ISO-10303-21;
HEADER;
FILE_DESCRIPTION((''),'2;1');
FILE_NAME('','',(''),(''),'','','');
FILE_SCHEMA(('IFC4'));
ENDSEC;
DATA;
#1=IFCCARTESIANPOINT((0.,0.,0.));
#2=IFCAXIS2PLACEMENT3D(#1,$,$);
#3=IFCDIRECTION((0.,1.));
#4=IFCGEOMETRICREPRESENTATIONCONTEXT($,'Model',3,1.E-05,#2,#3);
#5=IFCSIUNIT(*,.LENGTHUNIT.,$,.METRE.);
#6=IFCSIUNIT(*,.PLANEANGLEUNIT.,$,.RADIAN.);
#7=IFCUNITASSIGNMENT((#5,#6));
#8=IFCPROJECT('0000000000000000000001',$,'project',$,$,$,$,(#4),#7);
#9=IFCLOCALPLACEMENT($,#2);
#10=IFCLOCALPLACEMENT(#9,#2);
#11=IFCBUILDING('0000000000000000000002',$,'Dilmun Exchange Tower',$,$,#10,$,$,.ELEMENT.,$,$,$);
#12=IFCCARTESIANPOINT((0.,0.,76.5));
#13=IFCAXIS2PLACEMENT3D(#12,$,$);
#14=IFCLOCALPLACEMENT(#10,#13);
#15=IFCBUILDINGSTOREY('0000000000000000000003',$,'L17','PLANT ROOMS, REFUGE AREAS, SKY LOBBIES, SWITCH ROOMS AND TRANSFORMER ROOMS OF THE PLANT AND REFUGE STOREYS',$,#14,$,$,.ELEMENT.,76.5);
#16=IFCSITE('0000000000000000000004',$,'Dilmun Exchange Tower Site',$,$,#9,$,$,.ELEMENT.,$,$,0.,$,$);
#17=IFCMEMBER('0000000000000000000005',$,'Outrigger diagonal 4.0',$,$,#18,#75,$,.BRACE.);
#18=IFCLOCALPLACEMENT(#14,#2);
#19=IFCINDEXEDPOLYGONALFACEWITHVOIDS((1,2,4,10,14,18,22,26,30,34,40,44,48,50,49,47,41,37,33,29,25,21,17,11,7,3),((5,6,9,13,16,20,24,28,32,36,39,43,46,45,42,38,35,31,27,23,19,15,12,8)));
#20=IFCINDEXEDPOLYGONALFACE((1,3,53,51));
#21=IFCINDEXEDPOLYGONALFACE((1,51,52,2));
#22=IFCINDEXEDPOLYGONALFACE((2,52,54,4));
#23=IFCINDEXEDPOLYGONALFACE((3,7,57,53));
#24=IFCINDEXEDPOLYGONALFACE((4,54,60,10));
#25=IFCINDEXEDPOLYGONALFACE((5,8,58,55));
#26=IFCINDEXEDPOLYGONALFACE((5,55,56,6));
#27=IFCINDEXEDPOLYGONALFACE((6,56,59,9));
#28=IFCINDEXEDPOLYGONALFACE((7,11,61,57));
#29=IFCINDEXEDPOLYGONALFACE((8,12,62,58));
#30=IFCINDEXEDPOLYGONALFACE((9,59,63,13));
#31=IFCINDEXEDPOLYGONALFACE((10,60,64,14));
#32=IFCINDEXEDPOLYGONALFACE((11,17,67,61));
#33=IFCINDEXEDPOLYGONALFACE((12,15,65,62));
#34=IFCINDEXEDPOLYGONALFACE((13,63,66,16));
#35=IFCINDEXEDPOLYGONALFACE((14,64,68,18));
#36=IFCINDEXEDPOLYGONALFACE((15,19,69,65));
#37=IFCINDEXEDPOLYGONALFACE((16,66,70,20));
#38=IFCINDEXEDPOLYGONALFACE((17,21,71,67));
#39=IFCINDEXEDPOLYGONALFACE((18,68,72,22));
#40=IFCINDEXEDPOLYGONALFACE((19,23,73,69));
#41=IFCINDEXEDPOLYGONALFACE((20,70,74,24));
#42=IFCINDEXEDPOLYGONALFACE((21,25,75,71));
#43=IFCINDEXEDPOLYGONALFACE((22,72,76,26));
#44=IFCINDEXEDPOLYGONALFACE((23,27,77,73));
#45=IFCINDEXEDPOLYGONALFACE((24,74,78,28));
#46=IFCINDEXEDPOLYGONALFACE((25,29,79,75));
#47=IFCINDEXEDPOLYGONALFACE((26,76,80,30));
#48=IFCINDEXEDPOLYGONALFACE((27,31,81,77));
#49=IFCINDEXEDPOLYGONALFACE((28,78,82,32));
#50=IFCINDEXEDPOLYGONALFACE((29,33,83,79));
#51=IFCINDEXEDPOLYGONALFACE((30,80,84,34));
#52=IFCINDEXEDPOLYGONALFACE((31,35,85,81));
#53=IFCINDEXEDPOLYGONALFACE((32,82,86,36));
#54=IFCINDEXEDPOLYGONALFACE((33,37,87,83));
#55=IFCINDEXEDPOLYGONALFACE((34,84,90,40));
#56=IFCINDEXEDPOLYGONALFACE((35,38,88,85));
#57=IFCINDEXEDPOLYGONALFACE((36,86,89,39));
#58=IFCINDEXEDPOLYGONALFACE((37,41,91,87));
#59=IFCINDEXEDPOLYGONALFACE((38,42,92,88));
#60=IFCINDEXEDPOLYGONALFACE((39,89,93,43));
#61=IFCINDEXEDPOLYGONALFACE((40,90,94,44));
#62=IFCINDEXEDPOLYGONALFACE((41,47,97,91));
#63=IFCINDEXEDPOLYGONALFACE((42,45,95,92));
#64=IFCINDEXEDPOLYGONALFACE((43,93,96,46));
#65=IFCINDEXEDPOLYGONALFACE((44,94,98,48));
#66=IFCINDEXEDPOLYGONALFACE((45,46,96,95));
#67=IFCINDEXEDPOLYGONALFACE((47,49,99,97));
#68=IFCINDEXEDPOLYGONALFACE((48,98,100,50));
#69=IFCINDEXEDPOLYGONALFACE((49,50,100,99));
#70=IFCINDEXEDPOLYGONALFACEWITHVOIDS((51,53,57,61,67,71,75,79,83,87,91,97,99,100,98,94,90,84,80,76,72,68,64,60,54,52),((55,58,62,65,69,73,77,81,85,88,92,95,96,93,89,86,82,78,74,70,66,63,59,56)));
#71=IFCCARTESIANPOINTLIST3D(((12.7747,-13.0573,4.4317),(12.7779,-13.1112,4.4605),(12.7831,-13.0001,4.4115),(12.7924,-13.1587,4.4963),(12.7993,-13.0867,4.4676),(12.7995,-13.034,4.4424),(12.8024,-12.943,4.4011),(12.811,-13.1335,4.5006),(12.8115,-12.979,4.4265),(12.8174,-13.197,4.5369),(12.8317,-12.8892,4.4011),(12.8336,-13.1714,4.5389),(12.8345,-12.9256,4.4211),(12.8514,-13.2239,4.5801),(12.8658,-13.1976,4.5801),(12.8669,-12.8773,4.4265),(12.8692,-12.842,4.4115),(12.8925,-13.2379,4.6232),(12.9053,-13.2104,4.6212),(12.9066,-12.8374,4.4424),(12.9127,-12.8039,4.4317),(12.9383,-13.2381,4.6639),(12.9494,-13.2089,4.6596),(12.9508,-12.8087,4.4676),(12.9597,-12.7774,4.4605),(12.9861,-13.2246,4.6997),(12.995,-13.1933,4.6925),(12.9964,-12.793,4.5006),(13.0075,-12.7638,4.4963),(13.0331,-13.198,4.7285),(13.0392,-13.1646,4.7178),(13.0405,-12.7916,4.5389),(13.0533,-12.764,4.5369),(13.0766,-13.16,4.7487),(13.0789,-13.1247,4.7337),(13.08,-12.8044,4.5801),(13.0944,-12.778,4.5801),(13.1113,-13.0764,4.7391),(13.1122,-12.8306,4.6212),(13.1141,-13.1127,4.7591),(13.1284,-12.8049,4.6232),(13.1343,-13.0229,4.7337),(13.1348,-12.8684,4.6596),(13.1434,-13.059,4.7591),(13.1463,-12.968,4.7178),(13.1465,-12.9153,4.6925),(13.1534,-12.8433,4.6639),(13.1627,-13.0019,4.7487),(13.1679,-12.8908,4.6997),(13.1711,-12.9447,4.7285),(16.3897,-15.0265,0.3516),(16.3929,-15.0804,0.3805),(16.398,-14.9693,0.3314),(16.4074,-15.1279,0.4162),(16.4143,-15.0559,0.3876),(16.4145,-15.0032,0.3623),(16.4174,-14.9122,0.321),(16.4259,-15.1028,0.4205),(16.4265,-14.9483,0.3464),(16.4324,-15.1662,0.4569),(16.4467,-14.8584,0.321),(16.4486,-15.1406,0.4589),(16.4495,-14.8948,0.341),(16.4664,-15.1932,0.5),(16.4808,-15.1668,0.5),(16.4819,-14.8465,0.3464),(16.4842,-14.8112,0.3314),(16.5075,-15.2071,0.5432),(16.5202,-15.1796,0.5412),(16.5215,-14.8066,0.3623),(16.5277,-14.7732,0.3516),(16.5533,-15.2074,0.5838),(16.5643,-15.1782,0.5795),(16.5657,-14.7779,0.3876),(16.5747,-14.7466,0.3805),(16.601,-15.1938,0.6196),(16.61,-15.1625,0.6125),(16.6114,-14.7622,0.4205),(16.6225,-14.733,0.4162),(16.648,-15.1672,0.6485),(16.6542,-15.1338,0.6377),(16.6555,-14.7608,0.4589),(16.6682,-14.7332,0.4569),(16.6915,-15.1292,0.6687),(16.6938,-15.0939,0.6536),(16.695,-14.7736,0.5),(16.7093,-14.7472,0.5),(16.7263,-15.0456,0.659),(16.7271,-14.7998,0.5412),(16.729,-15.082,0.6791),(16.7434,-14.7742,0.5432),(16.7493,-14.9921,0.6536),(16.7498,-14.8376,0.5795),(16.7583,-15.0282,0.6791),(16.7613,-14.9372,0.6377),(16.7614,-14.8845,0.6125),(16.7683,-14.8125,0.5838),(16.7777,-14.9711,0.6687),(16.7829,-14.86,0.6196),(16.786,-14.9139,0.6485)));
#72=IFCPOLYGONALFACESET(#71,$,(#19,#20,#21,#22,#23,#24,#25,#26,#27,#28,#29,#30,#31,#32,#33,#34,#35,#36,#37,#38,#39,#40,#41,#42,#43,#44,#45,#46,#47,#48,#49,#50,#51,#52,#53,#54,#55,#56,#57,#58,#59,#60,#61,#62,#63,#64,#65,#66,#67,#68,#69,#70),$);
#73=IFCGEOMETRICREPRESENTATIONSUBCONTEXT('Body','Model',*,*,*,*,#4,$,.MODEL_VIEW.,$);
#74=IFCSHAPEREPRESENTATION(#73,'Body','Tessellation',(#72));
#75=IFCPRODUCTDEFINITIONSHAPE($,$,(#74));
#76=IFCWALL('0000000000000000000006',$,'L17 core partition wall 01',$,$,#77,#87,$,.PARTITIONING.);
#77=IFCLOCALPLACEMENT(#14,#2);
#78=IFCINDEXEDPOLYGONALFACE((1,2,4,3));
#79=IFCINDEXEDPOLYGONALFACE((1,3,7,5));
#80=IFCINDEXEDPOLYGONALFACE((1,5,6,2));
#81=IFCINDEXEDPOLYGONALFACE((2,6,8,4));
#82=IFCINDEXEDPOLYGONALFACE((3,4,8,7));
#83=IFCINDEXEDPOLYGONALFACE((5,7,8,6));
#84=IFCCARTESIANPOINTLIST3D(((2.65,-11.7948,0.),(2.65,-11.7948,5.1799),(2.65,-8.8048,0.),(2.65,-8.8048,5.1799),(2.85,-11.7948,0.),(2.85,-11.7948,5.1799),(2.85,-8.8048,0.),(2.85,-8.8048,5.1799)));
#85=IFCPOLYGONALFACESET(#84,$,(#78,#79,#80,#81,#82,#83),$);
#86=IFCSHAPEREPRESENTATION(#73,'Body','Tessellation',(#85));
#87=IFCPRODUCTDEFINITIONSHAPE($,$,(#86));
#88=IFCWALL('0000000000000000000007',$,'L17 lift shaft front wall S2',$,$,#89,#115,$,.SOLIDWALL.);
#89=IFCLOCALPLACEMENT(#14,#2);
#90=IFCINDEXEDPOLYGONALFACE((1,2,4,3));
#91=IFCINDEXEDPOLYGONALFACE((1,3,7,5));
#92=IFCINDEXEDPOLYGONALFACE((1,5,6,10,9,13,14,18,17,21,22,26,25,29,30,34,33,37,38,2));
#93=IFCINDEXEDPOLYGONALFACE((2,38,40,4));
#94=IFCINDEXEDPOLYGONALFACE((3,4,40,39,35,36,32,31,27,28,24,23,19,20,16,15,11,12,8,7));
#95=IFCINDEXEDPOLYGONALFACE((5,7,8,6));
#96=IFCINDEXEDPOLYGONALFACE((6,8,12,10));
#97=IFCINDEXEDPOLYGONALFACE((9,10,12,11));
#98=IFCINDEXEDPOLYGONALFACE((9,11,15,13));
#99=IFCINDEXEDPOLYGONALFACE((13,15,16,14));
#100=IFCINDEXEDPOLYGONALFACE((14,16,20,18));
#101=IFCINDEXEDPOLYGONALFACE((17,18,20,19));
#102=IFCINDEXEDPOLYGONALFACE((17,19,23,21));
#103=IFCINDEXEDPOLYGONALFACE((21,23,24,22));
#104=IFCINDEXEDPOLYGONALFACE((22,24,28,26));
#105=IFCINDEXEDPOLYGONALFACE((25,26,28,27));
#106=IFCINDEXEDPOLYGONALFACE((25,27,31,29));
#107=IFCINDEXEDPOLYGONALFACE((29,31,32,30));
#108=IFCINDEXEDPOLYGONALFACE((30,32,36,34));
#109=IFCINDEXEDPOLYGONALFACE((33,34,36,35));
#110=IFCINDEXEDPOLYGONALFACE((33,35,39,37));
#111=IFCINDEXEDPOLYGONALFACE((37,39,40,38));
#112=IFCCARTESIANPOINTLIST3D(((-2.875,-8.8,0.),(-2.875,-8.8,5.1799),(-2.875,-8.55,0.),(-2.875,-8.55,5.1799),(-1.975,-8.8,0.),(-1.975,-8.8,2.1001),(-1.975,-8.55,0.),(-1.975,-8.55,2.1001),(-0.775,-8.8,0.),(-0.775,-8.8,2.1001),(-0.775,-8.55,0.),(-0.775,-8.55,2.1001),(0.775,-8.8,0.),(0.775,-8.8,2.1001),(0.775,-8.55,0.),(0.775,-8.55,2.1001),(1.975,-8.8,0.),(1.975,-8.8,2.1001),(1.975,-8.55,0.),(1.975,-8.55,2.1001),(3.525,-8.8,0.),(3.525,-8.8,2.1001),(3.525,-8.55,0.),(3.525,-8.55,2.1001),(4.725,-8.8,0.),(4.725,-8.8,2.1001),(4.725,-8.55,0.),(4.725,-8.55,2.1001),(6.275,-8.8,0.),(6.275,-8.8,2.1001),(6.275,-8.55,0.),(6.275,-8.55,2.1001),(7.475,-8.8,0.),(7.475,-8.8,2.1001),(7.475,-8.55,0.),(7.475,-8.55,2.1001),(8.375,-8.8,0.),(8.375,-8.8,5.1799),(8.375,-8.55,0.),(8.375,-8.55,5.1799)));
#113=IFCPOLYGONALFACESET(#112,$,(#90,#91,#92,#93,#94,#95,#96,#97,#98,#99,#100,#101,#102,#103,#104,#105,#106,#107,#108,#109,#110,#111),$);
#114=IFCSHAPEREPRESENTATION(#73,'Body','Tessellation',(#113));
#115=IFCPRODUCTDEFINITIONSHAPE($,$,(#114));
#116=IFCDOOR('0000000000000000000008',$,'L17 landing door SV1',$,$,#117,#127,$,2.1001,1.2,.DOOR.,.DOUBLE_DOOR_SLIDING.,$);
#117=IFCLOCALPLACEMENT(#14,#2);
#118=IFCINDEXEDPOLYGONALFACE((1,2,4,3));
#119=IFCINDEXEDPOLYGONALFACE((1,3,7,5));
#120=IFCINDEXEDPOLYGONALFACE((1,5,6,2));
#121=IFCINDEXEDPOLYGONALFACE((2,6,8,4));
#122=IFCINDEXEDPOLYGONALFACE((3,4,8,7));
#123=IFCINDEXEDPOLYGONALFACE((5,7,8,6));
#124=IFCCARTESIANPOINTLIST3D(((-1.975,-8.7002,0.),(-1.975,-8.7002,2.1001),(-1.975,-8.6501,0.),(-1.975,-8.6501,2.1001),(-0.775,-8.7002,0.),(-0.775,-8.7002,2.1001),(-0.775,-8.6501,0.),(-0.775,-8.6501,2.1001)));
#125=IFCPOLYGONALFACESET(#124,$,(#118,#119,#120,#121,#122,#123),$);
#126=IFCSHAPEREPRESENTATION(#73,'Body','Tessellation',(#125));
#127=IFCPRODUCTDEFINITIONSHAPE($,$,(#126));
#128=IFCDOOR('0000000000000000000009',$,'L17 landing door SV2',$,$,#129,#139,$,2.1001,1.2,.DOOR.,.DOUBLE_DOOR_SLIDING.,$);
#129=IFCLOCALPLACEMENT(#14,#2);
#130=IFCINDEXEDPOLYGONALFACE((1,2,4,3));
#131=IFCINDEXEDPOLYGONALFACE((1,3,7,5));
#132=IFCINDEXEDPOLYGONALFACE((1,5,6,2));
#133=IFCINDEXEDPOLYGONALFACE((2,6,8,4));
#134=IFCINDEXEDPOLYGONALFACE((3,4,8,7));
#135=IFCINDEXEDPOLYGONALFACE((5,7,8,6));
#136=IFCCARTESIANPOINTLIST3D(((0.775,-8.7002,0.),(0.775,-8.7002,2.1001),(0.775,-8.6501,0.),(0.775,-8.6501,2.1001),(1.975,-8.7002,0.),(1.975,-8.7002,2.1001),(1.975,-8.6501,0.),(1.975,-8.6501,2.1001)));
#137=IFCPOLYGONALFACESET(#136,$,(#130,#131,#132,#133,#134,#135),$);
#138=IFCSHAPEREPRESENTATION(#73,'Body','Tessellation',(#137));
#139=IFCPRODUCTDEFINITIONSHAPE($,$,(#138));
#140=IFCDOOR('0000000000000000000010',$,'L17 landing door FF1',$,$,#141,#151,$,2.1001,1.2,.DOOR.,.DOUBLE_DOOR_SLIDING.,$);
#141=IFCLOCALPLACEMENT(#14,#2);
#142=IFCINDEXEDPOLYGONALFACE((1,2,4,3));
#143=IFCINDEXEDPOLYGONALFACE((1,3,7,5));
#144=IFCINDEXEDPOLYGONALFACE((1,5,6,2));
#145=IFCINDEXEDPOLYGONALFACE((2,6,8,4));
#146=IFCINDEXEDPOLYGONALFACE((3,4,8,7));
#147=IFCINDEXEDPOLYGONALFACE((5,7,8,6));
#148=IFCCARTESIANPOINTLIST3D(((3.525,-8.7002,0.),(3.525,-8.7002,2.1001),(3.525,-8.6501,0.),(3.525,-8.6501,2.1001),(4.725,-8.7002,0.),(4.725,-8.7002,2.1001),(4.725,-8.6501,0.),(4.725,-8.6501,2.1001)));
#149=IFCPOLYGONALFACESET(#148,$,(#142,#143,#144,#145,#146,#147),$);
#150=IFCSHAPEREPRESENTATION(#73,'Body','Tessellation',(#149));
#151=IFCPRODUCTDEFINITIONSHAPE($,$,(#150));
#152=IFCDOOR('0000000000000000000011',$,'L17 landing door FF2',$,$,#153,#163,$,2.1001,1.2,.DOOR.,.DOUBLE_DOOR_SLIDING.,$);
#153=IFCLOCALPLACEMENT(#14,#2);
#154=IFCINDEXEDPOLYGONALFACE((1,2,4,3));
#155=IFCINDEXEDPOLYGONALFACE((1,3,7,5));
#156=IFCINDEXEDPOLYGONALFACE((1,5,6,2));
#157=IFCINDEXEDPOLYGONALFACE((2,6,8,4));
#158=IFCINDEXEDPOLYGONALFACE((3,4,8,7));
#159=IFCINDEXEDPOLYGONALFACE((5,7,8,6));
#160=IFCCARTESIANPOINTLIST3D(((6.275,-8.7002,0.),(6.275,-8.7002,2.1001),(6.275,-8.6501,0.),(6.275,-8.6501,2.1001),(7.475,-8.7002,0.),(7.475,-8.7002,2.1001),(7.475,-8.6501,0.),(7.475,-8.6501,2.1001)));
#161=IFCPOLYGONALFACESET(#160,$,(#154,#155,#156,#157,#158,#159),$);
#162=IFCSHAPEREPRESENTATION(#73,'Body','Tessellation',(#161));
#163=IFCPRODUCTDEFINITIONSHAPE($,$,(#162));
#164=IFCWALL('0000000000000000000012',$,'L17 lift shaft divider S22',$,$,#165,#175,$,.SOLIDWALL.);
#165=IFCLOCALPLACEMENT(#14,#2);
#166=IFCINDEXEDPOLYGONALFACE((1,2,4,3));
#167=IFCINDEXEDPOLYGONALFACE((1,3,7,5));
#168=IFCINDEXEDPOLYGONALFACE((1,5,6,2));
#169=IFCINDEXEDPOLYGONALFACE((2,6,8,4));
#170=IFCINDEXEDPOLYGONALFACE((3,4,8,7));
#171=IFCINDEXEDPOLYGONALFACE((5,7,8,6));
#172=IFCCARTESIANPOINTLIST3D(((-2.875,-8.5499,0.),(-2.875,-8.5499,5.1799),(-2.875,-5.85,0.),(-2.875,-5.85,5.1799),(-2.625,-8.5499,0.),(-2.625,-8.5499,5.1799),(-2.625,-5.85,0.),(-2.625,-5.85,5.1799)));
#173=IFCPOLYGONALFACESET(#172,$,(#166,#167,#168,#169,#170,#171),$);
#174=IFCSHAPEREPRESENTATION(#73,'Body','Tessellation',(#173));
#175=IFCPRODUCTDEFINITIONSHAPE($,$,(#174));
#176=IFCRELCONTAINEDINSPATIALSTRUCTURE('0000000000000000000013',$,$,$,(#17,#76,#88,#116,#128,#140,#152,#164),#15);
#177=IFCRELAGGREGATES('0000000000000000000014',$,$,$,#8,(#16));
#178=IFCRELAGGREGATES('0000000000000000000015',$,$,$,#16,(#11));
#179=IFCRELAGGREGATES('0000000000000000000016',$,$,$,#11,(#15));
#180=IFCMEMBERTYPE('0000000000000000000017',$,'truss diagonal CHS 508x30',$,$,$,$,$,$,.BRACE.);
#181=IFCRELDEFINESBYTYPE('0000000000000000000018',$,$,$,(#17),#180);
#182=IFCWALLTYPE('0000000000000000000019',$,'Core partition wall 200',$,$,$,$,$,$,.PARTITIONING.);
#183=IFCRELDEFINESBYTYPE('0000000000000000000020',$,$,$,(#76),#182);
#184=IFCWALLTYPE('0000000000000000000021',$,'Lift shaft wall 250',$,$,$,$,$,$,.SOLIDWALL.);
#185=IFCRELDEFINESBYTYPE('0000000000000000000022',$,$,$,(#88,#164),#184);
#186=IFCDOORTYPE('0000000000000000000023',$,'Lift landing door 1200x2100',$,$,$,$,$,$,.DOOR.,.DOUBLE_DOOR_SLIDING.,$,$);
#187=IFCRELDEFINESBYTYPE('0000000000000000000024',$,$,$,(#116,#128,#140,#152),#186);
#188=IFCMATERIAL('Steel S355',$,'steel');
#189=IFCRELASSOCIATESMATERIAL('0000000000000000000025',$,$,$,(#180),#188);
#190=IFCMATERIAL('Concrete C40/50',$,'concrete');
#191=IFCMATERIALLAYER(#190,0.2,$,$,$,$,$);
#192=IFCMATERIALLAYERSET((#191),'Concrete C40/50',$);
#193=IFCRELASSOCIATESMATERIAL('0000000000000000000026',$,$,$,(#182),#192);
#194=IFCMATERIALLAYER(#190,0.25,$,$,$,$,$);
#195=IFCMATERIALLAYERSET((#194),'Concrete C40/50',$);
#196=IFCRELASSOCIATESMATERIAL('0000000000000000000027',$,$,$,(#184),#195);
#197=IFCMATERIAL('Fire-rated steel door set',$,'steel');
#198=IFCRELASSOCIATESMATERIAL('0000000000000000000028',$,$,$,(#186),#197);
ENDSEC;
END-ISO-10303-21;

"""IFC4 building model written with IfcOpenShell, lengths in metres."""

from ifc_helpers import new_model, si_unit, direction, frame, frame_2d, origin, origin_2d, place, context, subcontext, project, spatial, rectangle, hollow_circle, extrude, material, layer, layer_set, material_profile, profile_set, type_object, element, fill, save


model = new_model("IFC4")

# Units and contexts
model_context = context("Model", 3, precision=1e-05, world=origin(), true_north=direction((0.0, 1.0)))
body_context = subcontext(model_context, "Body", "Model", "MODEL_VIEW")
ifc_project = project(units=[si_unit("LENGTHUNIT", "METRE"), si_unit("PLANEANGLEUNIT", "RADIAN")], contexts=[model_context])

# Site, building, storey
site_placement = place(None, origin())
site = spatial("IfcSite", under=ifc_project, at=site_placement, Name="Dilmun Exchange Tower Site", CompositionType="ELEMENT", RefElevation=0.0)
building_placement = place(site_placement, origin())
building = spatial("IfcBuilding", under=site, at=building_placement, Name="Dilmun Exchange Tower", CompositionType="ELEMENT")
storey_placement = place(building_placement, frame((0.0, 0.0, 76.5)))
storey = spatial("IfcBuildingStorey", under=building, at=storey_placement, Name="L17", Description="PLANT ROOMS, REFUGE AREAS, SKY LOBBIES, SWITCH ROOMS AND TRANSFORMER ROOMS OF THE PLANT AND REFUGE STOREYS", CompositionType="ELEMENT", Elevation=76.5)

# Shared definitions
ifc_material_1 = material(Name="Steel S355", Category="steel")

# Member
ifc_material_profile_1 = material_profile(ifc_material_1, hollow_circle(Radius=0.2539, WallThickness=0.03, at=origin_2d()), Name="CHS 508x30")
ifc_profile_set_1 = profile_set([ifc_material_profile_1], Name="Steel S355")
member_type = type_object("IfcMemberType", Name="truss diagonal CHS 508x30", PredefinedType="BRACE", material=ifc_profile_set_1)
member_1_placement = place(storey_placement, frame((12.9729, -13.001, 4.5801), z_axis=(0.623709, -0.339761, -0.703953), x_axis=(0.47837, 0.878158, 0.0)))
element("IfcMember", 1, at=member_1_placement, inside=storey, type_object=member_type, Name="Outrigger diagonal 4.0", PredefinedType="BRACE", context=body_context, shape_type="SweptSolid", body=[
    extrude(hollow_circle(Radius=0.2539, WallThickness=0.03, at=origin_2d()), origin(), (0.0, 0.0, 1.0), 5.7959),
])

# Wall
ifc_material_2 = material(Name="Concrete C40/50", Category="concrete")
ifc_layer_1 = layer(ifc_material_2, 0.2)
ifc_layer_set_1 = layer_set([ifc_layer_1], Name="Concrete C40/50")
wall_type_1 = type_object("IfcWallType", Name="Core partition wall 200", PredefinedType="PARTITIONING", material=ifc_layer_set_1)
wall_1_placement = place(storey_placement, frame((2.75, -11.7949, 0.0), z_axis=(0.0, 0.0, 1.0), x_axis=(0.0, 1.0, 0.0)))
element("IfcWall", 2, at=wall_1_placement, inside=storey, type_object=wall_type_1, Name="L17 core partition wall 01", PredefinedType="PARTITIONING", context=body_context, shape_type="SweptSolid", body=[
    extrude(rectangle(XDim=2.99, YDim=0.2, at=frame_2d((1.4951, 0.0))), origin(), (0.0, 0.0, 1.0), 5.1799),
])

# Shared definitions
ifc_material_3 = material(Name="Fire-rated steel door set", Category="steel")

# Wall, openings, doors
ifc_layer_2 = layer(ifc_material_2, 0.25)
ifc_layer_set_2 = layer_set([ifc_layer_2], Name="Concrete C40/50")
wall_type_2 = type_object("IfcWallType", Name="Lift shaft wall 250", PredefinedType="SOLIDWALL", material=ifc_layer_set_2)
wall_2_placement = place(storey_placement, frame((-2.875, -8.675, 0.0), z_axis=(0.0, 0.0, 1.0), x_axis=(1.0, 0.0, 0.0)))
wall_2 = element("IfcWall", 3, at=wall_2_placement, inside=storey, type_object=wall_type_2, Name="L17 lift shaft front wall S2", PredefinedType="SOLIDWALL", context=body_context, shape_type="SweptSolid", body=[
    extrude(rectangle(XDim=11.25, YDim=0.25, at=frame_2d((5.625, 0.0))), origin(), (0.0, 0.0, 1.0), 5.1799),
])
opening_1_placement = place(wall_2_placement, frame((0.8999, 0.0, 0.0)))
opening_1 = element("IfcOpeningElement", 4, at=opening_1_placement, cuts=wall_2, PredefinedType="OPENING", context=body_context, shape_type="SweptSolid", body=[
    extrude(rectangle(XDim=1.2, YDim=2.1001, at=frame_2d((0.6001, 1.05))), frame((0.0, 0.135, 0.0), z_axis=(0.0, -1.0, 0.0), x_axis=(1.0, 0.0, 0.0)), (0.0, 0.0, 1.0), 0.27),
])
opening_2_placement = place(wall_2_placement, frame((3.6499, 0.0, 0.0)))
opening_2 = element("IfcOpeningElement", 5, at=opening_2_placement, cuts=wall_2, PredefinedType="OPENING", context=body_context, shape_type="SweptSolid", body=[
    extrude(rectangle(XDim=1.2, YDim=2.1001, at=frame_2d((0.6001, 1.05))), frame((0.0, 0.135, 0.0), z_axis=(0.0, -1.0, 0.0), x_axis=(1.0, 0.0, 0.0)), (0.0, 0.0, 1.0), 0.27),
])
opening_3_placement = place(wall_2_placement, frame((6.3999, 0.0, 0.0)))
opening_3 = element("IfcOpeningElement", 6, at=opening_3_placement, cuts=wall_2, PredefinedType="OPENING", context=body_context, shape_type="SweptSolid", body=[
    extrude(rectangle(XDim=1.2, YDim=2.1001, at=frame_2d((0.6001, 1.05))), frame((0.0, 0.135, 0.0), z_axis=(0.0, -1.0, 0.0), x_axis=(1.0, 0.0, 0.0)), (0.0, 0.0, 1.0), 0.27),
])
opening_4_placement = place(wall_2_placement, frame((9.1499, 0.0, 0.0)))
opening_4 = element("IfcOpeningElement", 7, at=opening_4_placement, cuts=wall_2, PredefinedType="OPENING", context=body_context, shape_type="SweptSolid", body=[
    extrude(rectangle(XDim=1.2, YDim=2.1001, at=frame_2d((0.6001, 1.05))), frame((0.0, 0.135, 0.0), z_axis=(0.0, -1.0, 0.0), x_axis=(1.0, 0.0, 0.0)), (0.0, 0.0, 1.0), 0.27),
])
door_type_1 = type_object("IfcDoorType", Name="Lift landing door 1200x2100", OperationType="DOUBLE_DOOR_SLIDING", PredefinedType="DOOR", material=ifc_material_3)
door_1_placement = place(opening_1_placement, origin())
door_1 = element("IfcDoor", 8, at=door_1_placement, inside=storey, type_object=door_type_1, Name="L17 landing door SV1", OperationType="DOUBLE_DOOR_SLIDING", OverallHeight=2.1001, OverallWidth=1.2, PredefinedType="DOOR", context=body_context, shape_type="SweptSolid", body=[
    extrude(rectangle(XDim=1.2, YDim=2.1001, at=frame_2d((0.6001, 1.05))), frame((0.0, 0.0249, 0.0), z_axis=(0.0, -1.0, 0.0), x_axis=(1.0, 0.0, 0.0)), (0.0, 0.0, 1.0), 0.05),
])
fill(opening_1, door_1)
door_2_placement = place(opening_2_placement, origin())
door_2 = element("IfcDoor", 9, at=door_2_placement, inside=storey, type_object=door_type_1, Name="L17 landing door SV2", OperationType="DOUBLE_DOOR_SLIDING", OverallHeight=2.1001, OverallWidth=1.2, PredefinedType="DOOR", context=body_context, shape_type="SweptSolid", body=[
    extrude(rectangle(XDim=1.2, YDim=2.1001, at=frame_2d((0.6001, 1.05))), frame((0.0, 0.0249, 0.0), z_axis=(0.0, -1.0, 0.0), x_axis=(1.0, 0.0, 0.0)), (0.0, 0.0, 1.0), 0.05),
])
fill(opening_2, door_2)
door_3_placement = place(opening_3_placement, origin())
door_3 = element("IfcDoor", 10, at=door_3_placement, inside=storey, type_object=door_type_1, Name="L17 landing door FF1", OperationType="DOUBLE_DOOR_SLIDING", OverallHeight=2.1001, OverallWidth=1.2, PredefinedType="DOOR", context=body_context, shape_type="SweptSolid", body=[
    extrude(rectangle(XDim=1.2, YDim=2.1001, at=frame_2d((0.6001, 1.05))), frame((0.0, 0.0249, 0.0), z_axis=(0.0, -1.0, 0.0), x_axis=(1.0, 0.0, 0.0)), (0.0, 0.0, 1.0), 0.05),
])
fill(opening_3, door_3)
door_4_placement = place(opening_4_placement, origin())
door_4 = element("IfcDoor", 11, at=door_4_placement, inside=storey, type_object=door_type_1, Name="L17 landing door FF2", OperationType="DOUBLE_DOOR_SLIDING", OverallHeight=2.1001, OverallWidth=1.2, PredefinedType="DOOR", context=body_context, shape_type="SweptSolid", body=[
    extrude(rectangle(XDim=1.2, YDim=2.1001, at=frame_2d((0.6001, 1.05))), frame((0.0, 0.0249, 0.0), z_axis=(0.0, -1.0, 0.0), x_axis=(1.0, 0.0, 0.0)), (0.0, 0.0, 1.0), 0.05),
])
fill(opening_4, door_4)

# Wall
for number, where, z_axis, x_axis, name in (
    (12, (-2.75, -8.55, 0.0), (0.0, 0.0, 1.0), (0.0, 1.0, 0.0), "L17 lift shaft divider S22"),
):
    element("IfcWall", number, at=place(storey_placement, frame(where, z_axis=z_axis, x_axis=x_axis)), inside=storey, type_object=wall_type_2, Name=name, PredefinedType="SOLIDWALL", context=body_context, shape_type="SweptSolid", body=[
        extrude(rectangle(XDim=2.7, YDim=0.25, at=frame_2d((1.3501, 0.0))), origin(), (0.0, 0.0, 1.0), 5.1799),
    ])

save(model, "model.ifc")
